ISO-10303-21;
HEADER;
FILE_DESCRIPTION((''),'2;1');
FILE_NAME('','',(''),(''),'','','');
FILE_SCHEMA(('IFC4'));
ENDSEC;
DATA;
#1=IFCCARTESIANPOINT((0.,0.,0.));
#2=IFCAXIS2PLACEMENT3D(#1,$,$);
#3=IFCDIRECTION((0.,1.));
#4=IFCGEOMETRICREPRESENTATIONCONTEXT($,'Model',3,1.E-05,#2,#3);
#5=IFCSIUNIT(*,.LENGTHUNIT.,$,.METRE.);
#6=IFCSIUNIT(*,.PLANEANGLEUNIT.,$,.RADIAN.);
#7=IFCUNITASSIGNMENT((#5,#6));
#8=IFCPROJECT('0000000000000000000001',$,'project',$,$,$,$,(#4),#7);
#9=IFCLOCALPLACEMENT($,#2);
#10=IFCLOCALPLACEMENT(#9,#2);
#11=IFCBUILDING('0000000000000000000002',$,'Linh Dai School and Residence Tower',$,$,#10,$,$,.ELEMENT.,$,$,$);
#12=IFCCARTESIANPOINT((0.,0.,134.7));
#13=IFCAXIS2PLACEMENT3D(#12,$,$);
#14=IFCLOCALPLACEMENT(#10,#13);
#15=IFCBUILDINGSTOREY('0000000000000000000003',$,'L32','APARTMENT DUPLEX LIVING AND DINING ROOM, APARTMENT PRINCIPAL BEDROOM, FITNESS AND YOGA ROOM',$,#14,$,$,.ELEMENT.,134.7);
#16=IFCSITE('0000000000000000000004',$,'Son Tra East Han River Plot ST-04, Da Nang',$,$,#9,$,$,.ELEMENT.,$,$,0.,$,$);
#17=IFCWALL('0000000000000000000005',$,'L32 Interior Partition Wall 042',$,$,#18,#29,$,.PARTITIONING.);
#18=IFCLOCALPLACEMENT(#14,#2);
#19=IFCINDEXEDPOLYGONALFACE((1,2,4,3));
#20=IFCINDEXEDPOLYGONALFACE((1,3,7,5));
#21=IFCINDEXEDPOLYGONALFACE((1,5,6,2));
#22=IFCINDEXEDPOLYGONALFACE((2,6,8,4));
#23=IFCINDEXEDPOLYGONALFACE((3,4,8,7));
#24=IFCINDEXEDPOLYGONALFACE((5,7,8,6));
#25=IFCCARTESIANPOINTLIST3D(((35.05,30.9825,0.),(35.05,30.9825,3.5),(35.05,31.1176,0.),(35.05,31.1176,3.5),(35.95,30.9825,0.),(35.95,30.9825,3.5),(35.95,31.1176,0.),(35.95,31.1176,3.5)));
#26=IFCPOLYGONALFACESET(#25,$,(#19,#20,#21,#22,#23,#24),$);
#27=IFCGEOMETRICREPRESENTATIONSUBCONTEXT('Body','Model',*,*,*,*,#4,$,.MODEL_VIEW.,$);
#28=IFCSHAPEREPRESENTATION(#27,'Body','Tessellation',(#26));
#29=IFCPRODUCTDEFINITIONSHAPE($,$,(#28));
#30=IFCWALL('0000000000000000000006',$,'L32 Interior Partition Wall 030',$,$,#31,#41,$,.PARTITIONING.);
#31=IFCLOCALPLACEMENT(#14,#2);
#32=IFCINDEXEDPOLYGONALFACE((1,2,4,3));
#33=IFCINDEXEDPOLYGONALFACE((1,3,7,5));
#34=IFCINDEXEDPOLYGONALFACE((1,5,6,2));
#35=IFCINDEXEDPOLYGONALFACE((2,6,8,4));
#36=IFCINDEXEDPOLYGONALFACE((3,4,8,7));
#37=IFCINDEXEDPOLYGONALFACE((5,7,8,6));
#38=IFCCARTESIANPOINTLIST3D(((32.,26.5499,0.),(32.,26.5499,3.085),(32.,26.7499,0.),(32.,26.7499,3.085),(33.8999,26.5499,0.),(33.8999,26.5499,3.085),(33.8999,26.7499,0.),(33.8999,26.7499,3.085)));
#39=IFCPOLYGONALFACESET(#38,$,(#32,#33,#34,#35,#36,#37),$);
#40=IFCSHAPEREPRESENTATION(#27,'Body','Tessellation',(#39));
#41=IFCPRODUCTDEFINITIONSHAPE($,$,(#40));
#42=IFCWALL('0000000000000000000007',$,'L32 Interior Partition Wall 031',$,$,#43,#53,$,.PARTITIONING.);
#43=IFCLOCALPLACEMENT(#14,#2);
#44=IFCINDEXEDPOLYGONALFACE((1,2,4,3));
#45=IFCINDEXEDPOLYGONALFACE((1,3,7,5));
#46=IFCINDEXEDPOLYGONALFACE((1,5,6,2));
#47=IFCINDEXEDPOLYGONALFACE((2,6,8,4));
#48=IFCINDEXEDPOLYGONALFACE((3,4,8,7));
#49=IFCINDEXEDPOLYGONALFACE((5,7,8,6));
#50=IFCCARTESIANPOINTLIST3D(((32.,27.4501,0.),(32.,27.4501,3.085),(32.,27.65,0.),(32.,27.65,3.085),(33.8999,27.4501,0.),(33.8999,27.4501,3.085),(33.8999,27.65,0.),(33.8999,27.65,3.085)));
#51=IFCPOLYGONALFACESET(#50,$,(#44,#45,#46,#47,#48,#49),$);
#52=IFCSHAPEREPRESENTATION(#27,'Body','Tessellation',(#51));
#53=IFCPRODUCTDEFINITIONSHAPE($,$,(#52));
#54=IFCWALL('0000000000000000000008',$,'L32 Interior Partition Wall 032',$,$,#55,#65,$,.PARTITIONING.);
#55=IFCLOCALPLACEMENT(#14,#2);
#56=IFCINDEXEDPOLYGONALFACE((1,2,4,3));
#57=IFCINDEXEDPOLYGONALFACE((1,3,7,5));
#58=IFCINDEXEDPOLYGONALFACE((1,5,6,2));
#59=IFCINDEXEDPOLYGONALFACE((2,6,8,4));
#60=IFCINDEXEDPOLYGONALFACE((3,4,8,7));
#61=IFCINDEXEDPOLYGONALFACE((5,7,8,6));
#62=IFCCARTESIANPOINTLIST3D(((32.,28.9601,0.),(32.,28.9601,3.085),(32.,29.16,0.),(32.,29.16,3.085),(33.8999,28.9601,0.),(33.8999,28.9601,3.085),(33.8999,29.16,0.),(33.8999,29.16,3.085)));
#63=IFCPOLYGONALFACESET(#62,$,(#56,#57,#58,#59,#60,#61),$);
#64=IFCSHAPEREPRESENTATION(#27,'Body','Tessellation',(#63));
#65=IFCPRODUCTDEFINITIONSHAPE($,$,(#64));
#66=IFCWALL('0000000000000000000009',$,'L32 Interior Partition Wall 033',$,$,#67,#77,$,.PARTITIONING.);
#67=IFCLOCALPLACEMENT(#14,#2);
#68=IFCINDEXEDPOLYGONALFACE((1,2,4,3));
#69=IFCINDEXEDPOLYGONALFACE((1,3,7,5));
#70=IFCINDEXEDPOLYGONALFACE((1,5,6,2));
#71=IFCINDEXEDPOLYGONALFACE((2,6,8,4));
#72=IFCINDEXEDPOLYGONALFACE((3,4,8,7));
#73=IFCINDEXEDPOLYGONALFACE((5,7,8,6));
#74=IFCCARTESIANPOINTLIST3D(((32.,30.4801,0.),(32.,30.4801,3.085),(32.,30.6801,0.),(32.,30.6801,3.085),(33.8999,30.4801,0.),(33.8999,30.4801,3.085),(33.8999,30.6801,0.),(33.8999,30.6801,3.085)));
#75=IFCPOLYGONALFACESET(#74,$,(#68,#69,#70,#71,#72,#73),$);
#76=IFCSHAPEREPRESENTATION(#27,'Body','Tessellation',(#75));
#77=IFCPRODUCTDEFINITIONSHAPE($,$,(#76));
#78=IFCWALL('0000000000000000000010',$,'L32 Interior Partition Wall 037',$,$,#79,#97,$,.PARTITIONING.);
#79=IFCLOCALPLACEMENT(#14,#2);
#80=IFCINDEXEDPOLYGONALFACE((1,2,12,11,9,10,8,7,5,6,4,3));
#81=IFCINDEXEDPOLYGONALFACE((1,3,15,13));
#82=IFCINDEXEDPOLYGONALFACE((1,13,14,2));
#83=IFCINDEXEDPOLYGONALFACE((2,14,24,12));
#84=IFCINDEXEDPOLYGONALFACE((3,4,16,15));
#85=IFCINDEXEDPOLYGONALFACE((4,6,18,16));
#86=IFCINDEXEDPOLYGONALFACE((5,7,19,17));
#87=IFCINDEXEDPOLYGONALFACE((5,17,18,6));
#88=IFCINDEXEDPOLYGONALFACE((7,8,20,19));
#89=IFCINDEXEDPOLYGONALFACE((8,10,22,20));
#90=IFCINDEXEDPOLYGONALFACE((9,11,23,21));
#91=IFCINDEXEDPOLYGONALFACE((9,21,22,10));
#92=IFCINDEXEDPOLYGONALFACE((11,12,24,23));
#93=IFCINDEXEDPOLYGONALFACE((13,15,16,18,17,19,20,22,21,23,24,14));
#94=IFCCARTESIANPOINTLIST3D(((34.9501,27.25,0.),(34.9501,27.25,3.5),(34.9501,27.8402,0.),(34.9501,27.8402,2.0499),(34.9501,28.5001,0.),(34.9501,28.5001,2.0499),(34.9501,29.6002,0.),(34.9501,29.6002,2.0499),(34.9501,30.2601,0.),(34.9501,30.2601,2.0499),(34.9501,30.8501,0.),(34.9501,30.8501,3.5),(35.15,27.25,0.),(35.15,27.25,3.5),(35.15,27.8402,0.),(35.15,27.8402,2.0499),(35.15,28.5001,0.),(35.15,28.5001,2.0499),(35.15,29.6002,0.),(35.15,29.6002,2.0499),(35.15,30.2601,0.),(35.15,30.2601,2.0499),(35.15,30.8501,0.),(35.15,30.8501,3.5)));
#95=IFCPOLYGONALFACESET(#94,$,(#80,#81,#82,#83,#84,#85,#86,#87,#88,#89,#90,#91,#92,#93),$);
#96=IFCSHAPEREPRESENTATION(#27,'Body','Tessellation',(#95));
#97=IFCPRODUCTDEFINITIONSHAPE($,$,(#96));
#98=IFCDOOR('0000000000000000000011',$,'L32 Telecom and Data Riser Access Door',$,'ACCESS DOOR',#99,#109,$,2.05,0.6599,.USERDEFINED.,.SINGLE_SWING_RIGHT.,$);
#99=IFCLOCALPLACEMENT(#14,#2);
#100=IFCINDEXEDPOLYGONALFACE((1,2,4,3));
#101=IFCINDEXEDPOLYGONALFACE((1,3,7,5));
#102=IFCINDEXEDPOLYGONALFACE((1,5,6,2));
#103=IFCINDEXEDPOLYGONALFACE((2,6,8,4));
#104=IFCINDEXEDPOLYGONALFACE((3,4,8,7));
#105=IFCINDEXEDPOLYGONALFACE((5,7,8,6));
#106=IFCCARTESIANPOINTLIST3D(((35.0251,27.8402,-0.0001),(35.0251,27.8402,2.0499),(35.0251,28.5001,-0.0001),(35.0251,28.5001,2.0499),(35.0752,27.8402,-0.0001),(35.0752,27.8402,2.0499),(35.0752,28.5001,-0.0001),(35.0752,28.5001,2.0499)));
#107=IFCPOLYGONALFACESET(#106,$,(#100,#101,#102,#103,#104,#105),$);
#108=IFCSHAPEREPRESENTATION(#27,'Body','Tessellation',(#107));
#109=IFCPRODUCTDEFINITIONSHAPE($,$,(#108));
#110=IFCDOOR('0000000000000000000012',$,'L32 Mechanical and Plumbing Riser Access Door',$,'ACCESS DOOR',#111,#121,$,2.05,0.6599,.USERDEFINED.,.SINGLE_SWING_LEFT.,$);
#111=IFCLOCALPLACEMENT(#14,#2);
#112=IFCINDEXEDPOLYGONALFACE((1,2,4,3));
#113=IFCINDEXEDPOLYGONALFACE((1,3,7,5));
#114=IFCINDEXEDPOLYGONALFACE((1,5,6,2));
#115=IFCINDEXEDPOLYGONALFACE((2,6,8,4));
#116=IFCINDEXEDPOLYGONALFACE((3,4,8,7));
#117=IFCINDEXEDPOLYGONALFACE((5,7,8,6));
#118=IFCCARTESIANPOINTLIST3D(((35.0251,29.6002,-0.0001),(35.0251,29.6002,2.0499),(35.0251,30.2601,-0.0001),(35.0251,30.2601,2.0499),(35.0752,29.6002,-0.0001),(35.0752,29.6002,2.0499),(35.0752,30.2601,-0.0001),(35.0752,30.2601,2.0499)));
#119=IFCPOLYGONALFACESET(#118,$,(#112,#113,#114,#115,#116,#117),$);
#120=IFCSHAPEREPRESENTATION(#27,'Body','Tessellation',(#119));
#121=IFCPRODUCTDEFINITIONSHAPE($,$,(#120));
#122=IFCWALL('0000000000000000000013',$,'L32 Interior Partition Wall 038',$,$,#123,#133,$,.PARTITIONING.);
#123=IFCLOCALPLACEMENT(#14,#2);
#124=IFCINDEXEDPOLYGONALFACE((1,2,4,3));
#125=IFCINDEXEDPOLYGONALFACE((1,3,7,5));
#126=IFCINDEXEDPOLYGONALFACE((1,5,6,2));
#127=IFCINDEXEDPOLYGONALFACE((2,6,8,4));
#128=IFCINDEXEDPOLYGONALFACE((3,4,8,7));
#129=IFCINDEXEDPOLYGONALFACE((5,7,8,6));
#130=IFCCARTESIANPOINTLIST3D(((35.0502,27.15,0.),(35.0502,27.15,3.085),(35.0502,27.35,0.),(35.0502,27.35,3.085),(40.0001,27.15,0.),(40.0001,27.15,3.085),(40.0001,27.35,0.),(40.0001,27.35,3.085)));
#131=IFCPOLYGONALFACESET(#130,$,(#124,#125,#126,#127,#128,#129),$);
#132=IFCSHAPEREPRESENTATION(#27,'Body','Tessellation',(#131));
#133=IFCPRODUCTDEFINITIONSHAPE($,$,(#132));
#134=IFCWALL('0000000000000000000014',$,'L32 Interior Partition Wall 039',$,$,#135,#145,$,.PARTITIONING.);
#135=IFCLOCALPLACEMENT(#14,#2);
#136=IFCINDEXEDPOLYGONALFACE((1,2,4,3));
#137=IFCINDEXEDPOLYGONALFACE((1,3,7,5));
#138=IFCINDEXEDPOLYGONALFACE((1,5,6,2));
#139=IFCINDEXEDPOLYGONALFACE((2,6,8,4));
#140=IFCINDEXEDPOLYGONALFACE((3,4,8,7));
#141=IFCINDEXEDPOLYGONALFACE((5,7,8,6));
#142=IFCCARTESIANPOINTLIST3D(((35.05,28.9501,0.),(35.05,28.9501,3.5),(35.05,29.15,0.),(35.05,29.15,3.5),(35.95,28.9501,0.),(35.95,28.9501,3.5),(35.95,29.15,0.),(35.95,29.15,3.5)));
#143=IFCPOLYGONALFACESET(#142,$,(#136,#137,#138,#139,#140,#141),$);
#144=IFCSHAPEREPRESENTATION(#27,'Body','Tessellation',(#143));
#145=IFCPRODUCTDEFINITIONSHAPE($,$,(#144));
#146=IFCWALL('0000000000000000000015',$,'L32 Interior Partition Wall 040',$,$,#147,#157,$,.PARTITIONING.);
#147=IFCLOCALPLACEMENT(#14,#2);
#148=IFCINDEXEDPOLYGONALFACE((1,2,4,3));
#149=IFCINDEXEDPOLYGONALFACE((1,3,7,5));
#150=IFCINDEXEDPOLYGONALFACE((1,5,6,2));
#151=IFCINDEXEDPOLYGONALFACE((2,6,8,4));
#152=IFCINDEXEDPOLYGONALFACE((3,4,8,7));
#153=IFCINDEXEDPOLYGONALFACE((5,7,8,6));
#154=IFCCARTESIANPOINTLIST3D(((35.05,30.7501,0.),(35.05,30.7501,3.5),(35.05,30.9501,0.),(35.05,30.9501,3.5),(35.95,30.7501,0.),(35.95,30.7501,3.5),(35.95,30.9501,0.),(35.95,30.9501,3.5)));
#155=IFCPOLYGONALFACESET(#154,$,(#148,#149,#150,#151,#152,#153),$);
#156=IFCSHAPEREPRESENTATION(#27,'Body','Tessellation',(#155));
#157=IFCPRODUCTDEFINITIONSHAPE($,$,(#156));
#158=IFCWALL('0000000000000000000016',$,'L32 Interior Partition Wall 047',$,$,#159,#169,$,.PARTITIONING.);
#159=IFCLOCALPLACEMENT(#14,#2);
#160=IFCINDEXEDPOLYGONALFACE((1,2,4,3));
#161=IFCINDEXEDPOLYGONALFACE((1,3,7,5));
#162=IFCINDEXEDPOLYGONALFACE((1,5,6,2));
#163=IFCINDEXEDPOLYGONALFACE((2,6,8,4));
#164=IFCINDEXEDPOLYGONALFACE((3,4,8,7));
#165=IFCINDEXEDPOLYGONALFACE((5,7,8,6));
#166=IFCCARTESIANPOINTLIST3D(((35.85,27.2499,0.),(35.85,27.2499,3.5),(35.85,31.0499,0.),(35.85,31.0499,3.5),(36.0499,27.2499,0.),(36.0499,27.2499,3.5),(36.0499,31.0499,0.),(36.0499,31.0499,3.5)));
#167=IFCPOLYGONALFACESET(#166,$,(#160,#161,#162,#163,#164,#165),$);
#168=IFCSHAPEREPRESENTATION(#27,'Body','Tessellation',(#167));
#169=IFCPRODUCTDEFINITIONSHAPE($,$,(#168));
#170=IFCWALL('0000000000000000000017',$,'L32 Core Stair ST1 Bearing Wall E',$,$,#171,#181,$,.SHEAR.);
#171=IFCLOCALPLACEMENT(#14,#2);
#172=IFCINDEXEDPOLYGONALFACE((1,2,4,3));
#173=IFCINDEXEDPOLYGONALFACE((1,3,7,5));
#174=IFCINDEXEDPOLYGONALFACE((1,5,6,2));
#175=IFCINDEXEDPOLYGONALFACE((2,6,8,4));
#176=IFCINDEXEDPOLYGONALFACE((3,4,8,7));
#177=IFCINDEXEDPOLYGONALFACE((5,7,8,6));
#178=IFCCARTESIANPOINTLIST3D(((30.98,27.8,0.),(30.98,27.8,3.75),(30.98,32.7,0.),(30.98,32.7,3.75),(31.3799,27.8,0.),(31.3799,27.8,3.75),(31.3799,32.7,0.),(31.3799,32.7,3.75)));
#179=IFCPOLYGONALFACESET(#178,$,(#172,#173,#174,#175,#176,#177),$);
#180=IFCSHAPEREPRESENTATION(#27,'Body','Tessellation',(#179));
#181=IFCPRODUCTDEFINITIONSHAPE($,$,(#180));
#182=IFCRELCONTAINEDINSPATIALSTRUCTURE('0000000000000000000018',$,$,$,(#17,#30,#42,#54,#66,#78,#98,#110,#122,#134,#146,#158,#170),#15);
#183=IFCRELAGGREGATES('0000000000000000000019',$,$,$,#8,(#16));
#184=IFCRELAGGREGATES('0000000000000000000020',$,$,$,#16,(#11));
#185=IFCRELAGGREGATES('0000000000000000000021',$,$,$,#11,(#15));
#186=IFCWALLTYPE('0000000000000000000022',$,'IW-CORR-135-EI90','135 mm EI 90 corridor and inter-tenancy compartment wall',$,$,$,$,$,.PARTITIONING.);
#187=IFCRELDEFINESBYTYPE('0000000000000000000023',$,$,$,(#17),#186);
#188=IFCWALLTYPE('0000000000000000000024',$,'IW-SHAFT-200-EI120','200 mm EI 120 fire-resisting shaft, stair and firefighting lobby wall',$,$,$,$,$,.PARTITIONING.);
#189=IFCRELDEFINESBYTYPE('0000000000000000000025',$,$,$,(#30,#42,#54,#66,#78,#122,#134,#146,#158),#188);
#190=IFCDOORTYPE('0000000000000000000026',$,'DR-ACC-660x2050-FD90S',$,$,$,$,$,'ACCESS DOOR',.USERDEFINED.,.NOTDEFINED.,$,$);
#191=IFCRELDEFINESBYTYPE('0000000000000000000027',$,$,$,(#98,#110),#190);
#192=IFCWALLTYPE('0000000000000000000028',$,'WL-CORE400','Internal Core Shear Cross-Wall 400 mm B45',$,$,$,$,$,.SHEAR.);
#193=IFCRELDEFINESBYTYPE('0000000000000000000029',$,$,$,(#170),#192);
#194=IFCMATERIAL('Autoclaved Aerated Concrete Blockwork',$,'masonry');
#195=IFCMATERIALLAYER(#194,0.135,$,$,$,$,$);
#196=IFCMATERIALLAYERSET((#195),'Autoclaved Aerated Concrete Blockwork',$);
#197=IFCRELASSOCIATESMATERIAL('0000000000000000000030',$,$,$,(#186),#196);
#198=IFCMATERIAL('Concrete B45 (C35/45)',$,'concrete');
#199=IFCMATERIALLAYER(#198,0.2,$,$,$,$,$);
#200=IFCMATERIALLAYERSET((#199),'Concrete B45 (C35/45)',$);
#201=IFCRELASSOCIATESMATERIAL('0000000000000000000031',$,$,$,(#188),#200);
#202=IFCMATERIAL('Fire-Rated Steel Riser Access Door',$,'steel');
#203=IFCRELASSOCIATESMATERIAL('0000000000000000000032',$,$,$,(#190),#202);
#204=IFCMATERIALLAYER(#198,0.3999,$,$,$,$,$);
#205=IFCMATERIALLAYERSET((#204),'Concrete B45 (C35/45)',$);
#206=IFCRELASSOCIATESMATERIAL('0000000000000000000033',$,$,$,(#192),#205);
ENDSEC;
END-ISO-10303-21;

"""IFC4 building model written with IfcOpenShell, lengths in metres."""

from ifc_helpers import new_model, si_unit, direction, frame, frame_2d, origin, origin_2d, place, context, subcontext, project, spatial, rectangle, extrude, source, transform, mapped, material, layer, layer_set, type_object, element, fill, save


model = new_model("IFC4")

# Units and contexts
model_context = context("Model", 3, precision=1e-05, world=origin(), true_north=direction((0.0, 1.0)))
body_context = subcontext(model_context, "Body", "Model", "MODEL_VIEW")
ifc_project = project(units=[si_unit("LENGTHUNIT", "METRE"), si_unit("PLANEANGLEUNIT", "RADIAN")], contexts=[model_context])

# Site, building, storey
site_placement = place(None, origin())
site = spatial("IfcSite", under=ifc_project, at=site_placement, Name="Son Tra East Han River Plot ST-04, Da Nang", CompositionType="ELEMENT", RefElevation=0.0)
building_placement = place(site_placement, origin())
building = spatial("IfcBuilding", under=site, at=building_placement, Name="Linh Dai School and Residence Tower", CompositionType="ELEMENT")
storey_placement = place(building_placement, frame((0.0, 0.0, 134.7)))
storey = spatial("IfcBuildingStorey", under=building, at=storey_placement, Name="L32", Description="APARTMENT DUPLEX LIVING AND DINING ROOM, APARTMENT PRINCIPAL BEDROOM, FITNESS AND YOGA ROOM", CompositionType="ELEMENT", Elevation=134.7)

# Shared definitions
ifc_material_1 = material(Name="Autoclaved Aerated Concrete Blockwork", Category="masonry")
ifc_layer_1 = layer(ifc_material_1, 0.135)
ifc_layer_set_1 = layer_set([ifc_layer_1], Name="Autoclaved Aerated Concrete Blockwork")
wall_type_1 = type_object("IfcWallType", Name="IW-CORR-135-EI90", Description="135 mm EI 90 corridor and inter-tenancy compartment wall", PredefinedType="PARTITIONING", material=ifc_layer_set_1)

# Walls
wall_1_placement = place(storey_placement, frame((35.05, 31.05, 0.0), z_axis=(0.0, 0.0, 1.0), x_axis=(1.0, 0.0, 0.0)))
element("IfcWall", 1, at=wall_1_placement, inside=storey, type_object=wall_type_1, Name="L32 Interior Partition Wall 042", PredefinedType="PARTITIONING", context=body_context, shape_type="SweptSolid", body=[
    extrude(rectangle(XDim=0.8999, YDim=0.135, at=frame_2d((0.45, 0.0))), origin(), (0.0, 0.0, 1.0), 3.5),
])
ifc_material_2 = material(Name="Concrete B45 (C35/45)", Category="concrete")
ifc_layer_2 = layer(ifc_material_2, 0.2)
ifc_layer_set_2 = layer_set([ifc_layer_2], Name="Concrete B45 (C35/45)")
wall_type_2 = type_object("IfcWallType", Name="IW-SHAFT-200-EI120", Description="200 mm EI 120 fire-resisting shaft, stair and firefighting lobby wall", PredefinedType="PARTITIONING", material=ifc_layer_set_2)
for number, where, z_axis, x_axis, name in (
    (2, (32.0, 26.6499, 0.0), (0.0, 0.0, 1.0), (1.0, 0.0, 0.0), "L32 Interior Partition Wall 030"),
    (3, (32.0, 27.55, 0.0), (0.0, 0.0, 1.0), (1.0, 0.0, 0.0), "L32 Interior Partition Wall 031"),
    (4, (32.0, 29.0601, 0.0), (0.0, 0.0, 1.0), (1.0, 0.0, 0.0), "L32 Interior Partition Wall 032"),
    (5, (32.0, 30.5801, 0.0), (0.0, 0.0, 1.0), (1.0, 0.0, 0.0), "L32 Interior Partition Wall 033"),
):
    element("IfcWall", number, at=place(storey_placement, frame(where, z_axis=z_axis, x_axis=x_axis)), inside=storey, type_object=wall_type_2, Name=name, PredefinedType="PARTITIONING", context=body_context, shape_type="SweptSolid", body=[
        extrude(rectangle(XDim=1.8999, YDim=0.2, at=frame_2d((0.95, 0.0))), origin(), (0.0, 0.0, 1.0), 3.085),
    ])

# Wall, openings, doors
wall_2_placement = place(storey_placement, frame((35.05, 27.25, 0.0), z_axis=(0.0, 0.0, 1.0), x_axis=(0.0, 1.0, 0.0)))
wall_2 = element("IfcWall", 6, at=wall_2_placement, inside=storey, type_object=wall_type_2, Name="L32 Interior Partition Wall 037", PredefinedType="PARTITIONING", context=body_context, shape_type="SweptSolid", body=[
    extrude(rectangle(XDim=3.6001, YDim=0.2, at=frame_2d((1.8, 0.0))), origin(), (0.0, 0.0, 1.0), 3.5),
])
opening_1_placement = place(wall_2_placement, frame((0.5901, 0.0, 0.0)))
opening_1 = element("IfcOpeningElement", 7, at=opening_1_placement, cuts=wall_2, PredefinedType="OPENING", context=body_context, shape_type="SweptSolid", body=[
    extrude(rectangle(XDim=0.6599, YDim=2.05, at=origin_2d()), frame((0.3301, 0.1099, 1.0249), z_axis=(0.0, -1.0, 0.0), x_axis=(1.0, 0.0, 0.0)), (0.0, 0.0, 1.0), 0.22),
])
opening_2_placement = place(wall_2_placement, frame((2.3501, 0.0, 0.0)))
opening_2 = element("IfcOpeningElement", 8, at=opening_2_placement, cuts=wall_2, PredefinedType="OPENING", context=body_context, shape_type="SweptSolid", body=[
    extrude(rectangle(XDim=0.6599, YDim=2.05, at=origin_2d()), frame((0.3301, 0.1099, 1.0249), z_axis=(0.0, -1.0, 0.0), x_axis=(1.0, 0.0, 0.0)), (0.0, 0.0, 1.0), 0.22),
])
ifc_material_3 = material(Name="Fire-Rated Steel Riser Access Door", Category="steel")
door_type_1 = type_object("IfcDoorType", Name="DR-ACC-660x2050-FD90S", ElementType="ACCESS DOOR", OperationType="NOTDEFINED", PredefinedType="USERDEFINED", material=ifc_material_3)
shared_shape_1 = source(origin(), body_context, "Body", "SweptSolid", [
    extrude(rectangle(XDim=0.6599, YDim=2.05, at=origin_2d()), frame((0.3301, 0.0249, 1.0249), z_axis=(0.0, -1.0, 0.0), x_axis=(1.0, 0.0, 0.0)), (0.0, 0.0, 1.0), 0.05),
])
door_1_placement = place(opening_1_placement, origin())
door_1 = element("IfcDoor", 9, at=door_1_placement, inside=storey, type_object=door_type_1, Name="L32 Telecom and Data Riser Access Door", ObjectType="ACCESS DOOR", OperationType="SINGLE_SWING_RIGHT", OverallHeight=2.05, OverallWidth=0.6599, PredefinedType="USERDEFINED", context=body_context, shape_type="MappedRepresentation", body=[
    mapped(shared_shape_1, transform((0.0, 0.0, 0.0), x_axis=(1.0, 0.0, 0.0), y_axis=(0.0, 1.0, 0.0), z_axis=(0.0, 0.0, 1.0), scale=1.0)),
])
fill(opening_1, door_1)
door_2_placement = place(opening_2_placement, origin())
door_2 = element("IfcDoor", 10, at=door_2_placement, inside=storey, type_object=door_type_1, Name="L32 Mechanical and Plumbing Riser Access Door", ObjectType="ACCESS DOOR", OperationType="SINGLE_SWING_LEFT", OverallHeight=2.05, OverallWidth=0.6599, PredefinedType="USERDEFINED", context=body_context, shape_type="MappedRepresentation", body=[
    mapped(shared_shape_1, transform((0.0, 0.0, 0.0), x_axis=(1.0, 0.0, 0.0), y_axis=(0.0, 1.0, 0.0), z_axis=(0.0, 0.0, 1.0), scale=1.0)),
])
fill(opening_2, door_2)

# Walls
wall_3_placement = place(storey_placement, frame((35.05, 27.25, 0.0), z_axis=(0.0, 0.0, 1.0), x_axis=(1.0, 0.0, 0.0)))
element("IfcWall", 11, at=wall_3_placement, inside=storey, type_object=wall_type_2, Name="L32 Interior Partition Wall 038", PredefinedType="PARTITIONING", context=body_context, shape_type="SweptSolid", body=[
    extrude(rectangle(XDim=4.95, YDim=0.2, at=frame_2d((2.4751, 0.0))), origin(), (0.0, 0.0, 1.0), 3.085),
])
for number, where, z_axis, x_axis, name in (
    (12, (35.05, 29.05, 0.0), (0.0, 0.0, 1.0), (1.0, 0.0, 0.0), "L32 Interior Partition Wall 039"),
    (13, (35.05, 30.8501, 0.0), (0.0, 0.0, 1.0), (1.0, 0.0, 0.0), "L32 Interior Partition Wall 040"),
):
    element("IfcWall", number, at=place(storey_placement, frame(where, z_axis=z_axis, x_axis=x_axis)), inside=storey, type_object=wall_type_2, Name=name, PredefinedType="PARTITIONING", context=body_context, shape_type="SweptSolid", body=[
        extrude(rectangle(XDim=0.8999, YDim=0.2, at=frame_2d((0.45, 0.0))), origin(), (0.0, 0.0, 1.0), 3.5),
    ])
wall_4_placement = place(storey_placement, frame((35.95, 27.25, 0.0), z_axis=(0.0, 0.0, 1.0), x_axis=(0.0, 1.0, 0.0)))
element("IfcWall", 14, at=wall_4_placement, inside=storey, type_object=wall_type_2, Name="L32 Interior Partition Wall 047", PredefinedType="PARTITIONING", context=body_context, shape_type="SweptSolid", body=[
    extrude(rectangle(XDim=3.8, YDim=0.2, at=frame_2d((1.8999, 0.0))), origin(), (0.0, 0.0, 1.0), 3.5),
])

# Wall
ifc_layer_3 = layer(ifc_material_2, 0.3999)
ifc_layer_set_3 = layer_set([ifc_layer_3], Name="Concrete B45 (C35/45)")
wall_type_3 = type_object("IfcWallType", Name="WL-CORE400", Description="Internal Core Shear Cross-Wall 400 mm B45", PredefinedType="SHEAR", material=ifc_layer_set_3)
wall_5_placement = place(storey_placement, frame((31.1799, 27.8, 0.0), z_axis=(0.0, 0.0, 1.0), x_axis=(0.0, 1.0, 0.0)))
element("IfcWall", 15, at=wall_5_placement, inside=storey, type_object=wall_type_3, Name="L32 Core Stair ST1 Bearing Wall E", PredefinedType="SHEAR", context=body_context, shape_type="SweptSolid", body=[
    extrude(rectangle(XDim=4.8999, YDim=0.3999, at=frame_2d((2.45, 0.0))), origin(), (0.0, 0.0, 1.0), 3.75),
])

save(model, "model.ifc")
